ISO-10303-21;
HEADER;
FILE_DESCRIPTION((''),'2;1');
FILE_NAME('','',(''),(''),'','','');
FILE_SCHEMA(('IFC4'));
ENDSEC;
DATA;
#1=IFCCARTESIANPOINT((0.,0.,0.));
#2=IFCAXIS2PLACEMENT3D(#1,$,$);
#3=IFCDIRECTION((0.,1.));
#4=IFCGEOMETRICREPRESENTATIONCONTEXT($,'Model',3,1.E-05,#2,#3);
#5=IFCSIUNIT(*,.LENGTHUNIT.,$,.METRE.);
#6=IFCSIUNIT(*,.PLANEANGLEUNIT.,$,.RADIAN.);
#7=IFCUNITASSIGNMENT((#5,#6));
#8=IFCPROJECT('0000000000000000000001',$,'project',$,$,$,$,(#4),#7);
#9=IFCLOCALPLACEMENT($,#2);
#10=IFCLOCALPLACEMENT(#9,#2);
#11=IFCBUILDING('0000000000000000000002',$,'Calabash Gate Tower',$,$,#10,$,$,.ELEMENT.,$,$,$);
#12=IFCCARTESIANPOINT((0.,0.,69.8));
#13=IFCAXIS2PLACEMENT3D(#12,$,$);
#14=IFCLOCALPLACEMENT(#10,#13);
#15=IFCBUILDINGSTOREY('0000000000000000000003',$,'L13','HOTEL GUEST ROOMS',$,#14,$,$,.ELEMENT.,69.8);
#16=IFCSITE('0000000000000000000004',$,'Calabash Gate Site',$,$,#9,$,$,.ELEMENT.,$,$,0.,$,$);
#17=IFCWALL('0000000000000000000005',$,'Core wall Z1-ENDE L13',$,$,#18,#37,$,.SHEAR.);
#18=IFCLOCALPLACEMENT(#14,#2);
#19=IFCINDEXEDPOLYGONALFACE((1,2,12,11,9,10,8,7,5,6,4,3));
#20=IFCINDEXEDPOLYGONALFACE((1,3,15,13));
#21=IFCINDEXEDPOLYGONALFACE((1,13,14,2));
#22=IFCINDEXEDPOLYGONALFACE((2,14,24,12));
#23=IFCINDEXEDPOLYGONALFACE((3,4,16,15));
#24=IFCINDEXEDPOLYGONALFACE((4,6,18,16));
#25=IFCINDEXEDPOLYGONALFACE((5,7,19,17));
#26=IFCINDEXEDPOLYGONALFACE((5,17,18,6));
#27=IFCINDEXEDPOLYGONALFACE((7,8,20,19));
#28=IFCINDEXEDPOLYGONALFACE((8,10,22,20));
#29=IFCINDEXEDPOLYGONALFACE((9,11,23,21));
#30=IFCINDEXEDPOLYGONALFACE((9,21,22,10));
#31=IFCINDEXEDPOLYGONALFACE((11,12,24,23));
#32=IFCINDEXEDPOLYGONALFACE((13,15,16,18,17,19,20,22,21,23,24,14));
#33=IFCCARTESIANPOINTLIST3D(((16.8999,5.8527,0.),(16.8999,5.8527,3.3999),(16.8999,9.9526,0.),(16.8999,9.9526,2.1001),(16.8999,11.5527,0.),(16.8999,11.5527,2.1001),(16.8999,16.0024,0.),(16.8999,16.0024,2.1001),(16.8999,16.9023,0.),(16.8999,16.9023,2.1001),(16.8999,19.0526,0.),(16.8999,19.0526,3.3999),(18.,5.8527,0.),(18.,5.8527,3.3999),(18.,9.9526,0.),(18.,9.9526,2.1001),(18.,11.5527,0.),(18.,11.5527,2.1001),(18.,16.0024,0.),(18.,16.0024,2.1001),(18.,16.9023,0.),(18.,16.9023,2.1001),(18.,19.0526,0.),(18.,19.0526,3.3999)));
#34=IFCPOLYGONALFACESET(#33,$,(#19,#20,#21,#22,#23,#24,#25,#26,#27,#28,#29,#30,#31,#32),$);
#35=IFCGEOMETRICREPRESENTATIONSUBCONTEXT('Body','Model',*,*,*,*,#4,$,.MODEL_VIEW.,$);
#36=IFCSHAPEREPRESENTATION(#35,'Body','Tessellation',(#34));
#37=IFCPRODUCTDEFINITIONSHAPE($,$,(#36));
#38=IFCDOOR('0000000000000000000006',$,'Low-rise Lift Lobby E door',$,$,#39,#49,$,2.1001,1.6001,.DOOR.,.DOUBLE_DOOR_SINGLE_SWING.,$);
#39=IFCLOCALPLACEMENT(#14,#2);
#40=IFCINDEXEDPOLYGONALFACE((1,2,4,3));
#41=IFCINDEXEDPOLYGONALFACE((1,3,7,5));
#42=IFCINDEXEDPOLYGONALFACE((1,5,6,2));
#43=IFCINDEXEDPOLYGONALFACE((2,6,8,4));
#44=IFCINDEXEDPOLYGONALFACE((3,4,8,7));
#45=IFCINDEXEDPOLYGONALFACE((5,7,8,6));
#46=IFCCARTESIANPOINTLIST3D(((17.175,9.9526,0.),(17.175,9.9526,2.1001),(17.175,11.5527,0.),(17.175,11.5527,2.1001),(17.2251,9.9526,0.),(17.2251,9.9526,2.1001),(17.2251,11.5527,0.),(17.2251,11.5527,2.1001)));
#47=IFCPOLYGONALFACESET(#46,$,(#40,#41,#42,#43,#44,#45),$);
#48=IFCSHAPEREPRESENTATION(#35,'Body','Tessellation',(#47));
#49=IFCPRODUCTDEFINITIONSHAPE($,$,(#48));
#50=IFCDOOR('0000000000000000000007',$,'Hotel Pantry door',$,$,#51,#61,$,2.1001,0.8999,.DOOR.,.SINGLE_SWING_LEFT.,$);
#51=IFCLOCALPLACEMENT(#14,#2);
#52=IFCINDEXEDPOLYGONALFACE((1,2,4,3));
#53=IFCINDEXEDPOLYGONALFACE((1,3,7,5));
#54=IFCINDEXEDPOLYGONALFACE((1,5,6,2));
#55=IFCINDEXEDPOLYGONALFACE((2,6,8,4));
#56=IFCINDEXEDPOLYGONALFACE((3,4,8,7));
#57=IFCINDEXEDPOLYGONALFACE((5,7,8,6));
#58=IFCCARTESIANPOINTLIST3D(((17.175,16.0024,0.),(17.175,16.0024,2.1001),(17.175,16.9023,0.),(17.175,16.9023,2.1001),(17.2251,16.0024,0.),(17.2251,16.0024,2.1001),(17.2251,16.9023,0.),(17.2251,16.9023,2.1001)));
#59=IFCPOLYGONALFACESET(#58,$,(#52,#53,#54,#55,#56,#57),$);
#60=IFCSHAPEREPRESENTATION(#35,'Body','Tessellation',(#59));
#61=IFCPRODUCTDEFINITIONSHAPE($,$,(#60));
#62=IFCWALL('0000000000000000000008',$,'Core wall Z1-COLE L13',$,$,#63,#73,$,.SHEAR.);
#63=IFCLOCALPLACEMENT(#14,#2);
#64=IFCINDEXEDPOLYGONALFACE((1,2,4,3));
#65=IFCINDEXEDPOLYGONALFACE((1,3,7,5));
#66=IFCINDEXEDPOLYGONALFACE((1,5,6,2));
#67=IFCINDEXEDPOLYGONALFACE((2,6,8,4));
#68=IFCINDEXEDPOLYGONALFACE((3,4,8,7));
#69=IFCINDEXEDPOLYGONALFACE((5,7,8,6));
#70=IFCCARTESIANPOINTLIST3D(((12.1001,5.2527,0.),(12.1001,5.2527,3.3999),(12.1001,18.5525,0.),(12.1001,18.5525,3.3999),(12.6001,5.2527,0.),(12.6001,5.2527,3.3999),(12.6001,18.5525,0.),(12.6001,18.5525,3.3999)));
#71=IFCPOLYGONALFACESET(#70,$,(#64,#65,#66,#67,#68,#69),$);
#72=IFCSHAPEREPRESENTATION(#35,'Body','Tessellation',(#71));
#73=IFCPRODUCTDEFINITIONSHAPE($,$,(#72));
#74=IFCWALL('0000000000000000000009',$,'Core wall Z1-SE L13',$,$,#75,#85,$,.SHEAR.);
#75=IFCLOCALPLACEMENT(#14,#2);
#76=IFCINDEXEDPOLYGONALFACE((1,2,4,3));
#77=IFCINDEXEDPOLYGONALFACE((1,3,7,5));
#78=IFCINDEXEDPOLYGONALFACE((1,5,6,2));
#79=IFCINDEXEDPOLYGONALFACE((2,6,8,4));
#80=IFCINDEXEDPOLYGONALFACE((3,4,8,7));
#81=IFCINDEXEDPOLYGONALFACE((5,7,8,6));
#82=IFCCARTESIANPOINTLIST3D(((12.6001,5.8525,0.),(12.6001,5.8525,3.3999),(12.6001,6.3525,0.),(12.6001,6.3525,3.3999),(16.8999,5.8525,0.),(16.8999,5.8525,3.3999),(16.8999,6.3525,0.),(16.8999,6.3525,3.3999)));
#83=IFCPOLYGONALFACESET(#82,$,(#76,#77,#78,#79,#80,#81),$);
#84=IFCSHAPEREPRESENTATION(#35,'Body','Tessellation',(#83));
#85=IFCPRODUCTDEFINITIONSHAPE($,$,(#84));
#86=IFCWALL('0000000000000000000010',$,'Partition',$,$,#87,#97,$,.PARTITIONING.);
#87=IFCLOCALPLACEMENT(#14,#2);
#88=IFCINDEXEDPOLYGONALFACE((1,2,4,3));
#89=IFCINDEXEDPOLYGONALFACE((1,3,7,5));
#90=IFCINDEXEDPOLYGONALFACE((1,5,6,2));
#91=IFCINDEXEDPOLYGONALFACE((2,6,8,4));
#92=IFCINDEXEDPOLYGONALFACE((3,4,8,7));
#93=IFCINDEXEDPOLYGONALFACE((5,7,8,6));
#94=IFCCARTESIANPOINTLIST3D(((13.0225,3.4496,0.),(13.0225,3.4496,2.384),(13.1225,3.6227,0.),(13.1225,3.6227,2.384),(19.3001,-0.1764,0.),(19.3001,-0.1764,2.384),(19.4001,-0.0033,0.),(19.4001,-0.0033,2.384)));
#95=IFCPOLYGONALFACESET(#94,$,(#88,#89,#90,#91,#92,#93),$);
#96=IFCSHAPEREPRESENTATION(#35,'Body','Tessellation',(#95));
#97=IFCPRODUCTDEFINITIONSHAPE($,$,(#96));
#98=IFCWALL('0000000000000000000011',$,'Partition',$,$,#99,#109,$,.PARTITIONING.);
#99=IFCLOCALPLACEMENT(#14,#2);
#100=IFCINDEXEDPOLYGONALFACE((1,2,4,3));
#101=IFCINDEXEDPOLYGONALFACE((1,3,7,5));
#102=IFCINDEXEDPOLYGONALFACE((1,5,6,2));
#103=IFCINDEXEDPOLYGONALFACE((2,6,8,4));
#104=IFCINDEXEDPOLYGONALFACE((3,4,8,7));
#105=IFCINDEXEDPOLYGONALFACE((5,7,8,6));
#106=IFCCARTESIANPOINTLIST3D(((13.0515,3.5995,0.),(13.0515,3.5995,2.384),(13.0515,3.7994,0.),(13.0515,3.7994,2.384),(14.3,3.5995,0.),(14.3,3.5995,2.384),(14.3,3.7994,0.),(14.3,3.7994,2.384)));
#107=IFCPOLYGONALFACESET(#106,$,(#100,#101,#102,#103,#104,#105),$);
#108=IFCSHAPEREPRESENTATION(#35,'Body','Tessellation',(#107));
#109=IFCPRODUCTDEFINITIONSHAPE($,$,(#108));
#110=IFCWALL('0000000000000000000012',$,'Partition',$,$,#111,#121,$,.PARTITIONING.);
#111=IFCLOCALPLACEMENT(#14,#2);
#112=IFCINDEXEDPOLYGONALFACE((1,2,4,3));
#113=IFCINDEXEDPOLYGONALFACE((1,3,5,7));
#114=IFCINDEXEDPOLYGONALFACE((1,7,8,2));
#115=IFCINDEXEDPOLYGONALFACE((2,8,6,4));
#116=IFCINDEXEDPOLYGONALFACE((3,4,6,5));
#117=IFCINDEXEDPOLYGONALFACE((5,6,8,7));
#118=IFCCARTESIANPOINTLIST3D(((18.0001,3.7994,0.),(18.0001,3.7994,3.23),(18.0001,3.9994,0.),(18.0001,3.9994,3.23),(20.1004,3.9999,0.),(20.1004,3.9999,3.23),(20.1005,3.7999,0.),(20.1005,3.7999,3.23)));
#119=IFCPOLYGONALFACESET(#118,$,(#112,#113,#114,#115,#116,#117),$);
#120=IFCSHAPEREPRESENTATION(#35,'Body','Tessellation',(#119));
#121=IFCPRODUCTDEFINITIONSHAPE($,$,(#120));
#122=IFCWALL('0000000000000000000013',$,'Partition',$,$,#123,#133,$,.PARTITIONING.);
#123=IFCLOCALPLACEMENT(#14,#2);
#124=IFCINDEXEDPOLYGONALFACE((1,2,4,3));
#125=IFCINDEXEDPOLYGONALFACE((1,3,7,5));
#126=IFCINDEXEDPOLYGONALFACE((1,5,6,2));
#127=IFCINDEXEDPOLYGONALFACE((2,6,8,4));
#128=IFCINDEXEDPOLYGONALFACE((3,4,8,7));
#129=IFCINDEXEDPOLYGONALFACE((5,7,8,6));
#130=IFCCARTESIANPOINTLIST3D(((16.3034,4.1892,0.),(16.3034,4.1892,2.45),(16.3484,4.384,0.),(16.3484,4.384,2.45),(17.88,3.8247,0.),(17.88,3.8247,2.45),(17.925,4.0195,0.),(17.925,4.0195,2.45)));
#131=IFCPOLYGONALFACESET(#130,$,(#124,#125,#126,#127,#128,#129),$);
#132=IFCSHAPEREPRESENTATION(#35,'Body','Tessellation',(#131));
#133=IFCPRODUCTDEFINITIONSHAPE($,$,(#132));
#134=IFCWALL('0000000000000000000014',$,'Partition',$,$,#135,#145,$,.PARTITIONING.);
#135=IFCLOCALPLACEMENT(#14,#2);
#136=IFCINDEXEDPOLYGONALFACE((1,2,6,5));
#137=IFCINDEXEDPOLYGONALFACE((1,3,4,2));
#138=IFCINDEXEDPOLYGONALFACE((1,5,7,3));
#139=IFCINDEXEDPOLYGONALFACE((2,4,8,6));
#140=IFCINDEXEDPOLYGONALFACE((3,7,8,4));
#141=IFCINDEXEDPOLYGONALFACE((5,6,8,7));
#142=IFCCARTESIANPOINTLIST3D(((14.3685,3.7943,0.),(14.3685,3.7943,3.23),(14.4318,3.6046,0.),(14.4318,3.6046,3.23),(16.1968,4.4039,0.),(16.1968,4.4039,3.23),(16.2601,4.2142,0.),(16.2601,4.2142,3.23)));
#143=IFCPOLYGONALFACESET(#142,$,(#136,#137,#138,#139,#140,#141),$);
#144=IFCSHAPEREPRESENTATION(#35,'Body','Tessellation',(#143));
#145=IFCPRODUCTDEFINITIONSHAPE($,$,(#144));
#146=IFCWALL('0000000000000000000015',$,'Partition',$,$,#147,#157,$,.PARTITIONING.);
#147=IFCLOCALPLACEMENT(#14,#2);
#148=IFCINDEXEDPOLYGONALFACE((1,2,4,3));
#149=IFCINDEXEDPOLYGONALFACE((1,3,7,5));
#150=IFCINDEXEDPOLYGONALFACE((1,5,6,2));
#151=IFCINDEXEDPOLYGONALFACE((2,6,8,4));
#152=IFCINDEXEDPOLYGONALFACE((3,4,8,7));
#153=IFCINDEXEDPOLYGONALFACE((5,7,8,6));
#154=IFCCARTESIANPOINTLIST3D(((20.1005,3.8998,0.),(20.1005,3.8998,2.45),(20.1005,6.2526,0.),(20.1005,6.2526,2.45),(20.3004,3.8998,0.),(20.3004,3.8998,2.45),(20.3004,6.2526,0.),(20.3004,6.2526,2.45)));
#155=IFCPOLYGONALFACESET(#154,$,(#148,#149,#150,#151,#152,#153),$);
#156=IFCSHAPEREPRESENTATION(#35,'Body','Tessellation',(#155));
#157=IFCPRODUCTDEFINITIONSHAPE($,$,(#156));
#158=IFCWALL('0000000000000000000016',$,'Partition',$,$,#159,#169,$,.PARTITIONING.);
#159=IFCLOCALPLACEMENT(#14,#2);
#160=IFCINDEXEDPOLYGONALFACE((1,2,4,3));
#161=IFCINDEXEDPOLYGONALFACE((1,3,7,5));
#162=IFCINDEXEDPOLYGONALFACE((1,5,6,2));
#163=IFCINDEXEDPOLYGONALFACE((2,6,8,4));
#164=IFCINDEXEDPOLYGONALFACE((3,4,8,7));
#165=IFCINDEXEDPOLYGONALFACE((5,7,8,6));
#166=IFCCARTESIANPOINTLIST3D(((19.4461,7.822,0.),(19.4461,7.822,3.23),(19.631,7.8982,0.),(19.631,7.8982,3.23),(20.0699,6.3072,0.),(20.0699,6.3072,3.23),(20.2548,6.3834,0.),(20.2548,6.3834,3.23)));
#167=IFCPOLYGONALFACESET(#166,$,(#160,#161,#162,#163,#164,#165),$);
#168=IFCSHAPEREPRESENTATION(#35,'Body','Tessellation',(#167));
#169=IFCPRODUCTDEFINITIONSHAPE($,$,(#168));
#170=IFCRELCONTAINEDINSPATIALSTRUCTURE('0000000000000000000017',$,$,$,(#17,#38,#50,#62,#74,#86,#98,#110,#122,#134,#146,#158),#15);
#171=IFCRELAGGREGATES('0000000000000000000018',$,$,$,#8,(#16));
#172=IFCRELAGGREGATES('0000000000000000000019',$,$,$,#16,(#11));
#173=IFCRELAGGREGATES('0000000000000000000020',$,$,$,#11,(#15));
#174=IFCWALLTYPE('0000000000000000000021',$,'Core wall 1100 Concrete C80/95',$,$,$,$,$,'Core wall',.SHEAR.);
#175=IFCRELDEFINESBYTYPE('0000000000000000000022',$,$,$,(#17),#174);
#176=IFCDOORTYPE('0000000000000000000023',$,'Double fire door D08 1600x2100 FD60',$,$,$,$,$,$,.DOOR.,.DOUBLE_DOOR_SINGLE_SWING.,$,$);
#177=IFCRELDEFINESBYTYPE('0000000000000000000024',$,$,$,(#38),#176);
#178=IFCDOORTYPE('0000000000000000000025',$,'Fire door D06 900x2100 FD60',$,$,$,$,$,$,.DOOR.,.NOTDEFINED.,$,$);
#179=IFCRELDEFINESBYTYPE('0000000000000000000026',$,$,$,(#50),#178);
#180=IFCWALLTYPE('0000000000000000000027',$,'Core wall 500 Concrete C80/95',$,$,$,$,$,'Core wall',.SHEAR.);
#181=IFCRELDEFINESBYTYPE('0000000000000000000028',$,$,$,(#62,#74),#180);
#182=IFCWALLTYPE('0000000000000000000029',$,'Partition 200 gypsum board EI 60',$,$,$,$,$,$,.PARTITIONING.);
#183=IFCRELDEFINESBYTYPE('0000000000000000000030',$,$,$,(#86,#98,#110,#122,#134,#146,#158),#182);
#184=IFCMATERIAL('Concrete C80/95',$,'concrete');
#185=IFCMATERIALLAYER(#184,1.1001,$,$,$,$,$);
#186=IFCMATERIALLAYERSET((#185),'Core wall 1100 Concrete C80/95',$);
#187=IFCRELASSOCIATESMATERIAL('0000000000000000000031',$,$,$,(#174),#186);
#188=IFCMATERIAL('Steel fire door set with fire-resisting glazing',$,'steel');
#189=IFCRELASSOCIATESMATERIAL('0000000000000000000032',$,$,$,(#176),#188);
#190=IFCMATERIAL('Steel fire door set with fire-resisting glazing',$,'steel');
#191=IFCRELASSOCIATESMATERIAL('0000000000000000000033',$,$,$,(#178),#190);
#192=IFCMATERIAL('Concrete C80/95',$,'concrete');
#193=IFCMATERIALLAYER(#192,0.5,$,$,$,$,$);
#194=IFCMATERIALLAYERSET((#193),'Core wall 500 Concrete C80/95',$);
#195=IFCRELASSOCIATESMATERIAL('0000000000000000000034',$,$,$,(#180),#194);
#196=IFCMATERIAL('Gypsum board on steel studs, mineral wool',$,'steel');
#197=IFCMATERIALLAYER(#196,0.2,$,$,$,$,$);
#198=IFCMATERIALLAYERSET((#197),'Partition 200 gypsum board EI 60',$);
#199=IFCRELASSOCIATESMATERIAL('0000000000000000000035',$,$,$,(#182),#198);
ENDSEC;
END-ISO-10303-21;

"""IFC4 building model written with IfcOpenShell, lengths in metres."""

from ifc_helpers import new_model, si_unit, direction, frame, frame_2d, origin, place, context, subcontext, project, spatial, rectangle, extrude, material, layer, layer_set, type_object, element, fill, save


model = new_model("IFC4")

# Units and contexts
model_context = context("Model", 3, precision=1e-05, world=origin(), true_north=direction((0.0, 1.0)))
body_context = subcontext(model_context, "Body", "Model", "MODEL_VIEW")
ifc_project = project(units=[si_unit("LENGTHUNIT", "METRE"), si_unit("PLANEANGLEUNIT", "RADIAN")], contexts=[model_context])

# Site, building, storey
site_placement = place(None, origin())
site = spatial("IfcSite", under=ifc_project, at=site_placement, Name="Calabash Gate Site", CompositionType="ELEMENT", RefElevation=0.0)
building_placement = place(site_placement, origin())
building = spatial("IfcBuilding", under=site, at=building_placement, Name="Calabash Gate Tower", CompositionType="ELEMENT")
storey_placement = place(building_placement, frame((0.0, 0.0, 69.8)))
storey = spatial("IfcBuildingStorey", under=building, at=storey_placement, Name="L13", Description="HOTEL GUEST ROOMS", CompositionType="ELEMENT", Elevation=69.8)

# Wall, openings, doors
ifc_material_1 = material(Name="Concrete C80/95", Category="concrete")
ifc_layer_1 = layer(ifc_material_1, 1.1001)
ifc_layer_set_1 = layer_set([ifc_layer_1], Name="Core wall 1100 Concrete C80/95")
wall_type_1 = type_object("IfcWallType", Name="Core wall 1100 Concrete C80/95", ElementType="Core wall", PredefinedType="SHEAR", material=ifc_layer_set_1)
wall_1_placement = place(storey_placement, frame((17.45, 5.8525, 0.0), z_axis=(0.0, 0.0, 1.0), x_axis=(0.0, 1.0, 0.0)))
wall_1 = element("IfcWall", 1, at=wall_1_placement, inside=storey, type_object=wall_type_1, Name="Core wall Z1-ENDE L13", PredefinedType="SHEAR", context=body_context, shape_type="SweptSolid", body=[
    extrude(rectangle(XDim=13.2, YDim=1.1001, at=frame_2d((6.6001, 0.0))), origin(), (0.0, 0.0, 1.0), 3.3999),
])
opening_1_placement = place(wall_1_placement, frame((4.1001, 0.0, 0.0)))
opening_1 = element("IfcOpeningElement", 2, at=opening_1_placement, cuts=wall_1, PredefinedType="OPENING", context=body_context, shape_type="SweptSolid", body=[
    extrude(rectangle(XDim=1.6001, YDim=2.1001, at=frame_2d((0.8, 1.05))), frame((0.0, 0.5601, 0.0), z_axis=(0.0, -1.0, 0.0), x_axis=(1.0, 0.0, 0.0)), (0.0, 0.0, 1.0), 1.1201),
])
opening_2_placement = place(wall_1_placement, frame((10.1499, 0.0, 0.0)))
opening_2 = element("IfcOpeningElement", 3, at=opening_2_placement, cuts=wall_1, PredefinedType="OPENING", context=body_context, shape_type="SweptSolid", body=[
    extrude(rectangle(XDim=0.8999, YDim=2.1001, at=frame_2d((0.45, 1.05))), frame((0.0, 0.5601, 0.0), z_axis=(0.0, -1.0, 0.0), x_axis=(1.0, 0.0, 0.0)), (0.0, 0.0, 1.0), 1.1201),
])
ifc_material_2 = material(Name="Steel fire door set with fire-resisting glazing", Category="steel")
door_type_1 = type_object("IfcDoorType", Name="Double fire door D08 1600x2100 FD60", OperationType="DOUBLE_DOOR_SINGLE_SWING", PredefinedType="DOOR", material=ifc_material_2)
door_1_placement = place(opening_1_placement, origin())
door_1 = element("IfcDoor", 4, at=door_1_placement, inside=storey, type_object=door_type_1, Name="Low-rise Lift Lobby E door", OperationType="DOUBLE_DOOR_SINGLE_SWING", OverallHeight=2.1001, OverallWidth=1.6001, PredefinedType="DOOR", context=body_context, shape_type="SweptSolid", body=[
    extrude(rectangle(XDim=1.6001, YDim=2.1001, at=frame_2d((0.8, 1.05))), frame((0.0, 0.2749, 0.0), z_axis=(0.0, -1.0, 0.0), x_axis=(1.0, 0.0, 0.0)), (0.0, 0.0, 1.0), 0.05),
])
fill(opening_1, door_1)
ifc_material_3 = material(Name="Steel fire door set with fire-resisting glazing", Category="steel")
door_type_2 = type_object("IfcDoorType", Name="Fire door D06 900x2100 FD60", OperationType="NOTDEFINED", PredefinedType="DOOR", material=ifc_material_3)
door_2_placement = place(opening_2_placement, origin())
door_2 = element("IfcDoor", 5, at=door_2_placement, inside=storey, type_object=door_type_2, Name="Hotel Pantry door", OperationType="SINGLE_SWING_LEFT", OverallHeight=2.1001, OverallWidth=0.8999, PredefinedType="DOOR", context=body_context, shape_type="SweptSolid", body=[
    extrude(rectangle(XDim=0.8999, YDim=2.1001, at=frame_2d((0.45, 1.05))), frame((0.0, 0.2749, 0.0), z_axis=(0.0, -1.0, 0.0), x_axis=(1.0, 0.0, 0.0)), (0.0, 0.0, 1.0), 0.05),
])
fill(opening_2, door_2)

# Walls
ifc_material_4 = material(Name="Concrete C80/95", Category="concrete")
ifc_layer_2 = layer(ifc_material_4, 0.5)
ifc_layer_set_2 = layer_set([ifc_layer_2], Name="Core wall 500 Concrete C80/95")
wall_type_2 = type_object("IfcWallType", Name="Core wall 500 Concrete C80/95", ElementType="Core wall", PredefinedType="SHEAR", material=ifc_layer_set_2)
wall_2_placement = place(storey_placement, frame((12.3501, 5.2527, 0.0), z_axis=(0.0, 0.0, 1.0), x_axis=(0.0, 1.0, 0.0)))
element("IfcWall", 6, at=wall_2_placement, inside=storey, type_object=wall_type_2, Name="Core wall Z1-COLE L13", PredefinedType="SHEAR", context=body_context, shape_type="SweptSolid", body=[
    extrude(rectangle(XDim=13.2998, YDim=0.5, at=frame_2d((6.6499, 0.0))), origin(), (0.0, 0.0, 1.0), 3.3999),
])
wall_3_placement = place(storey_placement, frame((12.6001, 6.1025, 0.0), z_axis=(0.0, 0.0, 1.0), x_axis=(1.0, 0.0, 0.0)))
element("IfcWall", 7, at=wall_3_placement, inside=storey, type_object=wall_type_2, Name="Core wall Z1-SE L13", PredefinedType="SHEAR", context=body_context, shape_type="SweptSolid", body=[
    extrude(rectangle(XDim=4.2998, YDim=0.5, at=frame_2d((2.1499, 0.0))), origin(), (0.0, 0.0, 1.0), 3.3999),
])
ifc_material_5 = material(Name="Gypsum board on steel studs, mineral wool", Category="steel")
ifc_layer_3 = layer(ifc_material_5, 0.2)
ifc_layer_set_3 = layer_set([ifc_layer_3], Name="Partition 200 gypsum board EI 60")
wall_type_3 = type_object("IfcWallType", Name="Partition 200 gypsum board EI 60", PredefinedType="PARTITIONING", material=ifc_layer_set_3)
wall_4_placement = place(storey_placement, frame((13.0725, 3.5361, 0.0), z_axis=(0.0, 0.0, 1.0), x_axis=(0.865929, -0.500167, 0.0)))
element("IfcWall", 8, at=wall_4_placement, inside=storey, type_object=wall_type_3, Name="Partition", PredefinedType="PARTITIONING", context=body_context, shape_type="SweptSolid", body=[
    extrude(rectangle(XDim=7.2495, YDim=0.2, at=frame_2d((3.6248, 0.0))), origin(), (0.0, 0.0, 1.0), 2.384),
])
wall_5_placement = place(storey_placement, frame((13.0515, 3.6995, 0.0), z_axis=(0.0, 0.0, 1.0), x_axis=(1.0, 0.0, 0.0)))
element("IfcWall", 9, at=wall_5_placement, inside=storey, type_object=wall_type_3, Name="Partition", PredefinedType="PARTITIONING", context=body_context, shape_type="SweptSolid", body=[
    extrude(rectangle(XDim=1.2485, YDim=0.2, at=frame_2d((0.6243, 0.0))), origin(), (0.0, 0.0, 1.0), 2.384),
])
wall_6_placement = place(storey_placement, frame((18.0, 3.8994, 0.0), z_axis=(0.0, 0.0, 1.0), x_axis=(1.0, 0.000232, 0.0)))
element("IfcWall", 10, at=wall_6_placement, inside=storey, type_object=wall_type_3, Name="Partition", PredefinedType="PARTITIONING", context=body_context, shape_type="SweptSolid", body=[
    extrude(rectangle(XDim=2.1003, YDim=0.2, at=frame_2d((1.0503, 0.0))), origin(), (0.0, 0.0, 1.0), 3.23),
])
wall_7_placement = place(storey_placement, frame((16.3259, 4.2866, 0.0), z_axis=(0.0, 0.0, 1.0), x_axis=(0.974302, -0.225245, 0.0)))
element("IfcWall", 11, at=wall_7_placement, inside=storey, type_object=wall_type_3, Name="Partition", PredefinedType="PARTITIONING", context=body_context, shape_type="SweptSolid", body=[
    extrude(rectangle(XDim=1.6182, YDim=0.2, at=frame_2d((0.8091, 0.0))), origin(), (0.0, 0.0, 1.0), 2.45),
])
wall_8_placement = place(storey_placement, frame((14.4001, 3.6995, 0.0), z_axis=(0.0, 0.0, 1.0), x_axis=(0.948658, 0.316304, 0.0)))
element("IfcWall", 12, at=wall_8_placement, inside=storey, type_object=wall_type_3, Name="Partition", PredefinedType="PARTITIONING", context=body_context, shape_type="SweptSolid", body=[
    extrude(rectangle(XDim=1.9272, YDim=0.2, at=frame_2d((0.9636, 0.0))), origin(), (0.0, 0.0, 1.0), 3.23),
])
wall_9_placement = place(storey_placement, frame((20.2004, 3.8999, 0.0), z_axis=(0.0, 0.0, 1.0), x_axis=(0.0, 1.0, 0.0)))
element("IfcWall", 13, at=wall_9_placement, inside=storey, type_object=wall_type_3, Name="Partition", PredefinedType="PARTITIONING", context=body_context, shape_type="SweptSolid", body=[
    extrude(rectangle(XDim=2.3528, YDim=0.2, at=frame_2d((1.1763, 0.0))), origin(), (0.0, 0.0, 1.0), 2.45),
])
wall_10_placement = place(storey_placement, frame((19.5386, 7.8601, 0.0), z_axis=(0.0, 0.0, 1.0), x_axis=(0.38075, -0.924678, 0.0)))
element("IfcWall", 14, at=wall_10_placement, inside=storey, type_object=wall_type_3, Name="Partition", PredefinedType="PARTITIONING", context=body_context, shape_type="SweptSolid", body=[
    extrude(rectangle(XDim=1.6382, YDim=0.2, at=frame_2d((0.8191, 0.0))), origin(), (0.0, 0.0, 1.0), 3.23),
])

save(model, "model.ifc")
